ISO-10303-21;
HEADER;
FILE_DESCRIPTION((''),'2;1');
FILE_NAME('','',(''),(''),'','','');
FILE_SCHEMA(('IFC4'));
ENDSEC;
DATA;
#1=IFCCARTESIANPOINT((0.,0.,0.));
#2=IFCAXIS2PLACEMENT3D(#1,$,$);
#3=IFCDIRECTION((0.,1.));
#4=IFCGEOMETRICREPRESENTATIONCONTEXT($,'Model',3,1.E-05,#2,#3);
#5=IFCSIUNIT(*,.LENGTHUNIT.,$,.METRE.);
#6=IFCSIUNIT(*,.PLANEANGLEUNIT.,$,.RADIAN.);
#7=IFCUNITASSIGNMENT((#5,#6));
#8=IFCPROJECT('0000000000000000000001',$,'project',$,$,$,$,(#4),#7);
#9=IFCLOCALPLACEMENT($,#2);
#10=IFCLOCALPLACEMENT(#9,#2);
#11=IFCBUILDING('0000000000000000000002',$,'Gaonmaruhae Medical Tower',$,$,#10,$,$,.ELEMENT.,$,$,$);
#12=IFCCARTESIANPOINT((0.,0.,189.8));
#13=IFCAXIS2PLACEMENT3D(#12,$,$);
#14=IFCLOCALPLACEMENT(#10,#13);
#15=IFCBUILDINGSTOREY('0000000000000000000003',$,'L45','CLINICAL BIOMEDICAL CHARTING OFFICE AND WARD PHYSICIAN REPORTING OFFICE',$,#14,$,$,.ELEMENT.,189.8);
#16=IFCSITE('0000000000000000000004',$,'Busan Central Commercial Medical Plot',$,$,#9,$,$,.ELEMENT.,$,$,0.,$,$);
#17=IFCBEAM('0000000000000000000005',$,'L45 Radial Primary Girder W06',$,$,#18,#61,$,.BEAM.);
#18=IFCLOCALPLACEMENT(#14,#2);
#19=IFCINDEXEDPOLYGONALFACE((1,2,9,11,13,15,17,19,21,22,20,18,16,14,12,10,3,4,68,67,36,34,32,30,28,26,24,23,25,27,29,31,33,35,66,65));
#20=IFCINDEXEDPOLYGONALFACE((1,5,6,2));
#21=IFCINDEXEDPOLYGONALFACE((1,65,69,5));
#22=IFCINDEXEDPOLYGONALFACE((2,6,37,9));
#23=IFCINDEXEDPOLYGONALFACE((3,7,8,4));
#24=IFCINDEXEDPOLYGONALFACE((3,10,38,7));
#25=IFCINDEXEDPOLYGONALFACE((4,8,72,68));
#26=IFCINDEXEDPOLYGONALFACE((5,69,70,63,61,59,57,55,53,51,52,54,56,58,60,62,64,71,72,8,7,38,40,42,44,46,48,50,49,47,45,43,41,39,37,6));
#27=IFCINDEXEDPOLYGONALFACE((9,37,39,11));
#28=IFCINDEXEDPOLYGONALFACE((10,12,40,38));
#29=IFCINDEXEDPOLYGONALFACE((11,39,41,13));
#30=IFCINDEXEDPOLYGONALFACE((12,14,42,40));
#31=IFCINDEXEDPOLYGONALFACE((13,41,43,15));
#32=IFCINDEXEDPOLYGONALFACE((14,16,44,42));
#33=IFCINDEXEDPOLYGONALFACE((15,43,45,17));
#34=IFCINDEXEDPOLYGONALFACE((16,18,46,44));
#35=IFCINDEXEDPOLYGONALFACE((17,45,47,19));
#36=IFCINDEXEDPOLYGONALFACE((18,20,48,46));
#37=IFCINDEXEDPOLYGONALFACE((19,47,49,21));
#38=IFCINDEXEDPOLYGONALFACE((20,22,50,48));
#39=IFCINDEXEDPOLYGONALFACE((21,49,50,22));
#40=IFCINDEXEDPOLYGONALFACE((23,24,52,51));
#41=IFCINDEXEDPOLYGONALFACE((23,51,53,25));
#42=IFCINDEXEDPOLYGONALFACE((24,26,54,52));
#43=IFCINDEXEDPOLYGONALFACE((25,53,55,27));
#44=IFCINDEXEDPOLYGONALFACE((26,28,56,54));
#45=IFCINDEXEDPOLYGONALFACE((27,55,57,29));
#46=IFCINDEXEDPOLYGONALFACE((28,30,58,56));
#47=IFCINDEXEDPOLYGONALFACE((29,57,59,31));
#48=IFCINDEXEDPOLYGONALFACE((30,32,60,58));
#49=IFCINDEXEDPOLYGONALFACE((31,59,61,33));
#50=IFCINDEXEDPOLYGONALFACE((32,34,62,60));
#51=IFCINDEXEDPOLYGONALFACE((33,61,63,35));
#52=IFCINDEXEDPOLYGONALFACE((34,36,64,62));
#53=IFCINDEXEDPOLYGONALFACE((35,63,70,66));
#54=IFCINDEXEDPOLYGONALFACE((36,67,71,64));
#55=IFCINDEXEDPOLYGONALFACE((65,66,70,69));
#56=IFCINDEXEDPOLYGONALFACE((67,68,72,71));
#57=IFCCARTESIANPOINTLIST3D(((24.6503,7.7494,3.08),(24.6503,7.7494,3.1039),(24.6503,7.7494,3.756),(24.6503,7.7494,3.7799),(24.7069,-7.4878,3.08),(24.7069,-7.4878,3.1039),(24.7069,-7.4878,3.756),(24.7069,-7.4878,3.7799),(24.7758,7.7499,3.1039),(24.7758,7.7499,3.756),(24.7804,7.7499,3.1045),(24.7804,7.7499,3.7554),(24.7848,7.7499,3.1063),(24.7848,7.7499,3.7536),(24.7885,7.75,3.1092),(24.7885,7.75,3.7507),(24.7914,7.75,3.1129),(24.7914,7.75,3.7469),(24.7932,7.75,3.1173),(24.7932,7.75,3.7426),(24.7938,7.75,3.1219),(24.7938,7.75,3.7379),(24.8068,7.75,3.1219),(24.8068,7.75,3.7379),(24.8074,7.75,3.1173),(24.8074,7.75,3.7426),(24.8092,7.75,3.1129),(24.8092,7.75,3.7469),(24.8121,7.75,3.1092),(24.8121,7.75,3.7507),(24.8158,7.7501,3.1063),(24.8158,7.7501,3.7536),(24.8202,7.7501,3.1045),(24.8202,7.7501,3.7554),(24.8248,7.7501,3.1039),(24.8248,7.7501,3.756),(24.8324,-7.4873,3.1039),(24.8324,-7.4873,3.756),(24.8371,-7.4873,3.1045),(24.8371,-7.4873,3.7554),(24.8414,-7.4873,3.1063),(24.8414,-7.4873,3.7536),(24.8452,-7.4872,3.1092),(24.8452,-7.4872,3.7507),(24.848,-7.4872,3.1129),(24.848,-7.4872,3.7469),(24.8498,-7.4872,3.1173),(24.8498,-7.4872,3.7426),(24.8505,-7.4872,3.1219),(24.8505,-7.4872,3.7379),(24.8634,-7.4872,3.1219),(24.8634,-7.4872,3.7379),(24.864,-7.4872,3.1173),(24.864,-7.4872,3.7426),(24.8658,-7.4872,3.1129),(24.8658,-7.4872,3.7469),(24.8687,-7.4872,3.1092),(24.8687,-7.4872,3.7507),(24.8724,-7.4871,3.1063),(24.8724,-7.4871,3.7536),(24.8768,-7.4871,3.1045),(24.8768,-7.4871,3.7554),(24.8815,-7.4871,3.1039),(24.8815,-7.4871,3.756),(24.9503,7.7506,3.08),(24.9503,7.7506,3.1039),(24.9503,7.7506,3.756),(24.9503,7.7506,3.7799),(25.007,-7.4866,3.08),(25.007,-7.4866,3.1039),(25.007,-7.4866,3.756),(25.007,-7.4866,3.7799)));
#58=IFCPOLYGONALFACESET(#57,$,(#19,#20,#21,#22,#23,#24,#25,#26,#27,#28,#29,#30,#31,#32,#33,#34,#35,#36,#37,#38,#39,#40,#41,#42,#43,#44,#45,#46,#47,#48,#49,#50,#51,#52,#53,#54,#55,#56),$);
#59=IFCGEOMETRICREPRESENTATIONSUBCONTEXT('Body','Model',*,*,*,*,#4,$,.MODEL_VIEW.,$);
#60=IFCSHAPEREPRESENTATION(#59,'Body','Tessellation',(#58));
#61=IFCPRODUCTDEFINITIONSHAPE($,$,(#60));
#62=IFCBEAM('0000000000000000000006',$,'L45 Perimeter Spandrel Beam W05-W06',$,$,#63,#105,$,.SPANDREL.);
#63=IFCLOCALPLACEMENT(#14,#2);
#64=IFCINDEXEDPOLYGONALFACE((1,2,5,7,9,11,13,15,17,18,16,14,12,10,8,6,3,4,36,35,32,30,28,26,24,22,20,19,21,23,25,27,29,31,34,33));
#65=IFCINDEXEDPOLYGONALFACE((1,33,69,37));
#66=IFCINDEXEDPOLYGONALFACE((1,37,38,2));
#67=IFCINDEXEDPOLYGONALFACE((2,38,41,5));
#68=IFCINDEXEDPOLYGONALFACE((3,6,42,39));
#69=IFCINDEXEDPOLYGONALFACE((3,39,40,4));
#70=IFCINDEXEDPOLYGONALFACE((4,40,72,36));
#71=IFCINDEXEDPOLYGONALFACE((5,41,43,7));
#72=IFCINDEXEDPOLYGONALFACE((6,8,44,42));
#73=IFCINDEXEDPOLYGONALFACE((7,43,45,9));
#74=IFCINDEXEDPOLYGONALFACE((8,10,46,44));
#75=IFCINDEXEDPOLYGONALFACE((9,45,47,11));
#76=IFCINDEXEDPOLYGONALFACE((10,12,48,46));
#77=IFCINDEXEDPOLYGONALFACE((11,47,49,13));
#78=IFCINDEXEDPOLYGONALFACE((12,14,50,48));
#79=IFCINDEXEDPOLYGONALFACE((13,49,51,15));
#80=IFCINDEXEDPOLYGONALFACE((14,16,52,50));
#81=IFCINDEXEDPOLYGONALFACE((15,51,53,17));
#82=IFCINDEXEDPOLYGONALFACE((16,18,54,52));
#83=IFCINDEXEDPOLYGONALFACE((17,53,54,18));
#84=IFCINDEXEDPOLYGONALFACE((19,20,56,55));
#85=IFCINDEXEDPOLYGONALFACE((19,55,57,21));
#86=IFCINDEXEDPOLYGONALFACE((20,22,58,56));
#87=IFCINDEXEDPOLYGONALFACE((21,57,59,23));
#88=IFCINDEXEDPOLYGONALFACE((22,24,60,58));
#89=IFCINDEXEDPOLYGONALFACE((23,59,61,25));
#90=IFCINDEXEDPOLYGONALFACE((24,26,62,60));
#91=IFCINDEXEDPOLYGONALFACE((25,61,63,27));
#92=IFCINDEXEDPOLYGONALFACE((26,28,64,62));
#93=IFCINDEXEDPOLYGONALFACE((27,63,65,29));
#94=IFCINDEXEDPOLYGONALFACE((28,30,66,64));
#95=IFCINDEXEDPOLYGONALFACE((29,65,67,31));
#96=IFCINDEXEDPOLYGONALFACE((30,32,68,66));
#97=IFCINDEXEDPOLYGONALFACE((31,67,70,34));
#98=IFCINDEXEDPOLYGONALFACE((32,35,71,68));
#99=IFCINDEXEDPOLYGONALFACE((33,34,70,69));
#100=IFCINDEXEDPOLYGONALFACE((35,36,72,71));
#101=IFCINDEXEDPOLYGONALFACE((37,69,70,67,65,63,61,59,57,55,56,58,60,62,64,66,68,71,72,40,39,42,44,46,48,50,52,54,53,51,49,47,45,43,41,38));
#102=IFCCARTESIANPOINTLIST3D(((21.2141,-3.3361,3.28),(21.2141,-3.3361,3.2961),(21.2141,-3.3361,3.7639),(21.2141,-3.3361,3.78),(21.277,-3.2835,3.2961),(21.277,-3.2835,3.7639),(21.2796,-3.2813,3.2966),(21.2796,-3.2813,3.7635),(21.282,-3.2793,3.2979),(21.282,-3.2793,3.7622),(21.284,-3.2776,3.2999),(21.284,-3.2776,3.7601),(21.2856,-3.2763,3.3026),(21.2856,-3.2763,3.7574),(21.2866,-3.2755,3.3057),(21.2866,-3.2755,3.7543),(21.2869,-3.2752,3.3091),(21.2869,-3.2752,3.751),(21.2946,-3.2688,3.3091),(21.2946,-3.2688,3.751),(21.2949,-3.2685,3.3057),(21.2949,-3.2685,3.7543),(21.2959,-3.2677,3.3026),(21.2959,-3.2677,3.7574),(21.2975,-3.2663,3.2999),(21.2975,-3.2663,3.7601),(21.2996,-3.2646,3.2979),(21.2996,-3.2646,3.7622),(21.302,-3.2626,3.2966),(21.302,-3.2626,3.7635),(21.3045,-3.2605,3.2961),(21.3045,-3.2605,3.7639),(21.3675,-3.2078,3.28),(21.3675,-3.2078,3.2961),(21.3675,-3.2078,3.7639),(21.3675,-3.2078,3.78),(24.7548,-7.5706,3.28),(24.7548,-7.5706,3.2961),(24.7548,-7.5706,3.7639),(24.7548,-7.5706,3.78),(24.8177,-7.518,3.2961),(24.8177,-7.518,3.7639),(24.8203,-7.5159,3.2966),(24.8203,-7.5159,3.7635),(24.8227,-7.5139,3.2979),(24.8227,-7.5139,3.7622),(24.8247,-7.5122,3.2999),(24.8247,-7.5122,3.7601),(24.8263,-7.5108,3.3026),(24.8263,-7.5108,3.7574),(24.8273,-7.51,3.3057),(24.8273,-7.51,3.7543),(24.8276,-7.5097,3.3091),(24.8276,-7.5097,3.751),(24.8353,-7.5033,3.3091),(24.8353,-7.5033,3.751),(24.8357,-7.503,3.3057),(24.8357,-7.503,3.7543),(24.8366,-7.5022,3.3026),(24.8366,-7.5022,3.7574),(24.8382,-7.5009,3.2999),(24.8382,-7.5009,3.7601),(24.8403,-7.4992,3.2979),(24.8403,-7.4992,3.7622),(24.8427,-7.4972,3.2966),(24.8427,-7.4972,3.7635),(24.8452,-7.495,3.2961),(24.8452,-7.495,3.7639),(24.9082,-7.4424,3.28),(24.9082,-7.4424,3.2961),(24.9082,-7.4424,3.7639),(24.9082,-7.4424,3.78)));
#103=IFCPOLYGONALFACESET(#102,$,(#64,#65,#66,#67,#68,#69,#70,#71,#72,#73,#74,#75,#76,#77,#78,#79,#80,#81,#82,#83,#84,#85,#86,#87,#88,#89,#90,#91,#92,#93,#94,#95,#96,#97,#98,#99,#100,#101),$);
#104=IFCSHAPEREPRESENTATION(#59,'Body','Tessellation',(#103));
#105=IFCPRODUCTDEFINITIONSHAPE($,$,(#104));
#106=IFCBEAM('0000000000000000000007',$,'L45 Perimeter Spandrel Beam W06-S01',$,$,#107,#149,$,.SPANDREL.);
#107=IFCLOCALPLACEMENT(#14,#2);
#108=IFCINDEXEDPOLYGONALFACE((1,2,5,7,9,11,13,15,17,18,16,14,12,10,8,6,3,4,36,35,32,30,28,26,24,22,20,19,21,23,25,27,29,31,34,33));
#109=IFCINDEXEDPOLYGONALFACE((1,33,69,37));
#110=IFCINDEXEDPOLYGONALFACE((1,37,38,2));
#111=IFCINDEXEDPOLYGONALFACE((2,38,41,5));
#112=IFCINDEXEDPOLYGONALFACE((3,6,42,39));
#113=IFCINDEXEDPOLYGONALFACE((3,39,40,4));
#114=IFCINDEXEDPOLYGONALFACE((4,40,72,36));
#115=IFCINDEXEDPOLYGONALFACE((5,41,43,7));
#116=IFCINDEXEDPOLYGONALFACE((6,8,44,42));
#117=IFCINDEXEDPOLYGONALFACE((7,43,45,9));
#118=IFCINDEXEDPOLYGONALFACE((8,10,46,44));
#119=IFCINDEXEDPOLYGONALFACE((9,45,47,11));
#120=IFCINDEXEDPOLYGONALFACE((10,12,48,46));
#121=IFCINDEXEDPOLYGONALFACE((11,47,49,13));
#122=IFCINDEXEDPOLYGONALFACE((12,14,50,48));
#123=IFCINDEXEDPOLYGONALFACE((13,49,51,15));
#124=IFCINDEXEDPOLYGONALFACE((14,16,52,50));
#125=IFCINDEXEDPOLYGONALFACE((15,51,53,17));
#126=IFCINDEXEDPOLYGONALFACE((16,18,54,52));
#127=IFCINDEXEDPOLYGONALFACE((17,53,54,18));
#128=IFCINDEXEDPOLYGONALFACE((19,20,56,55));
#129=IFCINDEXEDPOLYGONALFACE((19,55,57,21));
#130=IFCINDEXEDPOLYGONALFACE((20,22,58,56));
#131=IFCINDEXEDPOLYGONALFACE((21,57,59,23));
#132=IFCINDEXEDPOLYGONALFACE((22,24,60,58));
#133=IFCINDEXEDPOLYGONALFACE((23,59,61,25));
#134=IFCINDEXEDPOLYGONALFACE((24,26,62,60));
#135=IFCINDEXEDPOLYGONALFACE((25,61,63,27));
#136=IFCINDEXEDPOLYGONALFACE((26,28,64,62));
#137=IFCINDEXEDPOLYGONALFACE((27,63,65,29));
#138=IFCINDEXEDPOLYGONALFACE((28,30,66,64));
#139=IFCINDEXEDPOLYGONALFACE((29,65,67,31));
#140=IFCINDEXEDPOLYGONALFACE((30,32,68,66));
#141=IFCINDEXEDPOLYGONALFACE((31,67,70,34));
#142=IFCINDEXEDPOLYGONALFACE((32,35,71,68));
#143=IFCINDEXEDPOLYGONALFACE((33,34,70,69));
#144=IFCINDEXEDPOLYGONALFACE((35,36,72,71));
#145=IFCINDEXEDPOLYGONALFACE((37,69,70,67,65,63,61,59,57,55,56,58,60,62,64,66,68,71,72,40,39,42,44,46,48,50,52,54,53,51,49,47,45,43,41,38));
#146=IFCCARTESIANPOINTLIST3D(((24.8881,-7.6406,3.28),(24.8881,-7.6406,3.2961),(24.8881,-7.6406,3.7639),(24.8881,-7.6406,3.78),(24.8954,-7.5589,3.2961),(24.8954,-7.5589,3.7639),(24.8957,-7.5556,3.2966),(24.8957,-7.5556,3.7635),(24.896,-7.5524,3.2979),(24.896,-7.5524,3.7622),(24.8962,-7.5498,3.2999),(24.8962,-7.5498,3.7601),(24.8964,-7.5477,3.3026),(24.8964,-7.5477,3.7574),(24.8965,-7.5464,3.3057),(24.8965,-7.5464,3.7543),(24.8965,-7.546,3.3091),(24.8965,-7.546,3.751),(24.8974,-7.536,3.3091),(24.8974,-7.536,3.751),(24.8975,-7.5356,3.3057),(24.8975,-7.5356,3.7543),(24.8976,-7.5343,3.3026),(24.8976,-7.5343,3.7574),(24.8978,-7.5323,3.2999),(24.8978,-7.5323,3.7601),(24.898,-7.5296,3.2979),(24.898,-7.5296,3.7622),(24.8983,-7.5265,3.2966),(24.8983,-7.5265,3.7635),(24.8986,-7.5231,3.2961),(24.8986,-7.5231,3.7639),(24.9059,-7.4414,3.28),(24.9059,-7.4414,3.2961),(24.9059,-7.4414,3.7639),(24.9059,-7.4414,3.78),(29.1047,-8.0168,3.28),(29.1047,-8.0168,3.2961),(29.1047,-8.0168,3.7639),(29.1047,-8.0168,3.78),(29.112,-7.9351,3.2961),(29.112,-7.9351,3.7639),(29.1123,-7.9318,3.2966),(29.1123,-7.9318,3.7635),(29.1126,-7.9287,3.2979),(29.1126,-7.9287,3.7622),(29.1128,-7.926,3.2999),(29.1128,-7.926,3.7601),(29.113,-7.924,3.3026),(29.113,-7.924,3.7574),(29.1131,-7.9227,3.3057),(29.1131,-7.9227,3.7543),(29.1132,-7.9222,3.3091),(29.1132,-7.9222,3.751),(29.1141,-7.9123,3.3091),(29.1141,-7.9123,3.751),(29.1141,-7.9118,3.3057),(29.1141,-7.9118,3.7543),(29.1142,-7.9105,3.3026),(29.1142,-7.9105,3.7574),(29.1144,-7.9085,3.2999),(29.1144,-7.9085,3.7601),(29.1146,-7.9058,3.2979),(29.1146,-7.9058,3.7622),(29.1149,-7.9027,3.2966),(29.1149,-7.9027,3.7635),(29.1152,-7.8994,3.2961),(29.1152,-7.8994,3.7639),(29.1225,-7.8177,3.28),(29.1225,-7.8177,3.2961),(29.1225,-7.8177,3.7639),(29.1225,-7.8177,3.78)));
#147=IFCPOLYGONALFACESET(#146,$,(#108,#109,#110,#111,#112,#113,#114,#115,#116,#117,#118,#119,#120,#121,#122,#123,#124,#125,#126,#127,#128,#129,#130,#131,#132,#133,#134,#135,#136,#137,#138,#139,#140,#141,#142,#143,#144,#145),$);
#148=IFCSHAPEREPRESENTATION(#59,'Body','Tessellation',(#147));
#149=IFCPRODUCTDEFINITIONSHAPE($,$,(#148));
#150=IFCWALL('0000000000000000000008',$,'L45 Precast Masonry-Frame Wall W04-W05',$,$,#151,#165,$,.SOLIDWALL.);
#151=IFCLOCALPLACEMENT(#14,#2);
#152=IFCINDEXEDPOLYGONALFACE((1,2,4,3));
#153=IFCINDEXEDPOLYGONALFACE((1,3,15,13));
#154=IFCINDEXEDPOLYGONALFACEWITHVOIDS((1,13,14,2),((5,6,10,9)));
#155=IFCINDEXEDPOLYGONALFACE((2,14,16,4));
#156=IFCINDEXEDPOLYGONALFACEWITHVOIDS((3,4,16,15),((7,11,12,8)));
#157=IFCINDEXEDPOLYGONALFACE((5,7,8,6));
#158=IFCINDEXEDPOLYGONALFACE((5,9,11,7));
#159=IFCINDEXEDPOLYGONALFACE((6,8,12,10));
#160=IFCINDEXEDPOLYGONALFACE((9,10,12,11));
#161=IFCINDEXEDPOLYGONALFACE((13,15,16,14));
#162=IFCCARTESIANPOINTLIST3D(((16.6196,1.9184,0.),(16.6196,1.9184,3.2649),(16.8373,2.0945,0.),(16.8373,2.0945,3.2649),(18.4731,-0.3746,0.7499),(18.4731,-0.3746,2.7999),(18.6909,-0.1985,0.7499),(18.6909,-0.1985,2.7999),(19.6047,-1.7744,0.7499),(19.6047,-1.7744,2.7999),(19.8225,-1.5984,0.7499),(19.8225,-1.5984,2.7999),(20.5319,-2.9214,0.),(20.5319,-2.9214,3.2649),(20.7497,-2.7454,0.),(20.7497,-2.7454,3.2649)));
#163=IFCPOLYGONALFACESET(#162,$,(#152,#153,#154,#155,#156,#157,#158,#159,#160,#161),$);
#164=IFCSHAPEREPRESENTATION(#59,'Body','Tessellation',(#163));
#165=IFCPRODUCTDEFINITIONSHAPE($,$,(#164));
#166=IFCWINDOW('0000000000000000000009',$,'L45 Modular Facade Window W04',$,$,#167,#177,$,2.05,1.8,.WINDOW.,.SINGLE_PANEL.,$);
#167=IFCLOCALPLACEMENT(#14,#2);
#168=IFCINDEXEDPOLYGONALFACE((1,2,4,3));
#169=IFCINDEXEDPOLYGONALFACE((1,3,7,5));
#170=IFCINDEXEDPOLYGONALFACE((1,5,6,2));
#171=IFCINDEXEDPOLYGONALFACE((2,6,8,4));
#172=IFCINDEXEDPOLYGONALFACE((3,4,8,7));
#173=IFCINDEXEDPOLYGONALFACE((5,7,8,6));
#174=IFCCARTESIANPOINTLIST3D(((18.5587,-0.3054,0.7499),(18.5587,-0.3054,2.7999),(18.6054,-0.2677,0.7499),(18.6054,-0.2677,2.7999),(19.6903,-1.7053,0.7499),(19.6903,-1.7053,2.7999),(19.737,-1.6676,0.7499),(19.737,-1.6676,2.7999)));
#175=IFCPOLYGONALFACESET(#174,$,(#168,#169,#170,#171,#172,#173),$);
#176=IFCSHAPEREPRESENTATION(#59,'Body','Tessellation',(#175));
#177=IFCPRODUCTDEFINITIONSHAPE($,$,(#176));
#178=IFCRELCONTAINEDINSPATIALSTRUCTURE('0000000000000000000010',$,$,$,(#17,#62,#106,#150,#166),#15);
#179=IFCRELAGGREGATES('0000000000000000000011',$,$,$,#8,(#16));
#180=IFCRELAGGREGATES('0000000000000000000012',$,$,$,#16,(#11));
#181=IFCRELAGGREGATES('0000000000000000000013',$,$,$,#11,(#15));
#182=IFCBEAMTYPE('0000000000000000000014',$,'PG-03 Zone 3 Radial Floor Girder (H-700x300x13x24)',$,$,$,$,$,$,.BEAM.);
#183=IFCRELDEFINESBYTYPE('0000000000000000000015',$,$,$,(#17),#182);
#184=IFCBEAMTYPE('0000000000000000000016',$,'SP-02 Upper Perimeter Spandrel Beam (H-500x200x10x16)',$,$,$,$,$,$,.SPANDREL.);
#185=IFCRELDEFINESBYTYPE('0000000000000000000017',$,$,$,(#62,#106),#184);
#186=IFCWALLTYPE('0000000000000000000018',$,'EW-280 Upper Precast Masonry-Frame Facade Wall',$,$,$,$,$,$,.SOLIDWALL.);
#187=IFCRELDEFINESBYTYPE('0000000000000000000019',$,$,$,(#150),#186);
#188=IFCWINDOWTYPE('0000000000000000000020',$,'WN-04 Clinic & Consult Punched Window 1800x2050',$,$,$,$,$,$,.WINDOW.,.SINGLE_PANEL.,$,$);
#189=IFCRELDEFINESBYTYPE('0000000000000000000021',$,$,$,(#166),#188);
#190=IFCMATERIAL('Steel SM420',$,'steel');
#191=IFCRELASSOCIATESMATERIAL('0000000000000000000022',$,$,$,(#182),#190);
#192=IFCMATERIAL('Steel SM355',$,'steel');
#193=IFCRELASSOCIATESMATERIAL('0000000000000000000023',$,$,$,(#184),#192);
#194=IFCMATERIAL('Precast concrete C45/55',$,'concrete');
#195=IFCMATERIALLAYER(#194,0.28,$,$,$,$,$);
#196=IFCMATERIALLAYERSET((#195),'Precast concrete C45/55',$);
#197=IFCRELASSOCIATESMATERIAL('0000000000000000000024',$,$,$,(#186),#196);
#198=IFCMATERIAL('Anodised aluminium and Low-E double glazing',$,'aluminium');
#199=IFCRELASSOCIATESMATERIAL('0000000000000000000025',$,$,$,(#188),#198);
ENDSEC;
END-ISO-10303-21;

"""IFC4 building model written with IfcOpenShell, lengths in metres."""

from ifc_helpers import new_model, si_unit, direction, frame, frame_2d, origin, origin_2d, place, context, subcontext, project, spatial, rectangle, i_section, extrude, material, layer, layer_set, material_profile, profile_set, type_object, element, fill, save


model = new_model("IFC4")

# Units and contexts
model_context = context("Model", 3, precision=1e-05, world=origin(), true_north=direction((0.0, 1.0)))
body_context = subcontext(model_context, "Body", "Model", "MODEL_VIEW")
ifc_project = project(units=[si_unit("LENGTHUNIT", "METRE"), si_unit("PLANEANGLEUNIT", "RADIAN")], contexts=[model_context])

# Site, building, storey
site_placement = place(None, origin())
site = spatial("IfcSite", under=ifc_project, at=site_placement, Name="Busan Central Commercial Medical Plot", CompositionType="ELEMENT", RefElevation=0.0)
building_placement = place(site_placement, origin())
building = spatial("IfcBuilding", under=site, at=building_placement, Name="Gaonmaruhae Medical Tower", CompositionType="ELEMENT")
storey_placement = place(building_placement, frame((0.0, 0.0, 189.8)))
storey = spatial("IfcBuildingStorey", under=building, at=storey_placement, Name="L45", Description="CLINICAL BIOMEDICAL CHARTING OFFICE AND WARD PHYSICIAN REPORTING OFFICE", CompositionType="ELEMENT", Elevation=189.8)

# Beams
ifc_material_1 = material(Name="Steel SM355", Category="steel")
ifc_material_2 = material(Name="Steel SM420", Category="steel")
ifc_material_profile_1 = material_profile(ifc_material_2, i_section(OverallWidth=0.3, OverallDepth=0.7, WebThickness=0.0129, FlangeThickness=0.0239, FilletRadius=0.0181, at=origin_2d()), Name="H-700x300x13x24")
ifc_profile_set_1 = profile_set([ifc_material_profile_1], Name="Steel SM420")
beam_type_1 = type_object("IfcBeamType", Name="PG-03 Zone 3 Radial Floor Girder (H-700x300x13x24)", PredefinedType="BEAM", material=ifc_profile_set_1)
beam_1_placement = place(storey_placement, frame((24.8003, 7.75, 3.4299), z_axis=(0.003717, -0.999993, 0.0), x_axis=(0.999993, 0.003717, 0.0)))
element("IfcBeam", 1, at=beam_1_placement, inside=storey, type_object=beam_type_1, Name="L45 Radial Primary Girder W06", PredefinedType="BEAM", context=body_context, shape_type="SweptSolid", body=[
    extrude(i_section(OverallWidth=0.3, OverallDepth=0.7, WebThickness=0.0129, FlangeThickness=0.0239, FilletRadius=0.0181, at=origin_2d()), origin(), (0.0, 0.0, 1.0), 15.2373),
])
ifc_material_profile_2 = material_profile(ifc_material_1, i_section(OverallWidth=0.2, OverallDepth=0.5, WebThickness=0.01, FlangeThickness=0.0161, FilletRadius=0.0129, at=origin_2d()), Name="H-500x200x10x16")
ifc_profile_set_2 = profile_set([ifc_material_profile_2], Name="Steel SM355")
beam_type_2 = type_object("IfcBeamType", Name="SP-02 Upper Perimeter Spandrel Beam (H-500x200x10x16)", PredefinedType="SPANDREL", material=ifc_profile_set_2)
beam_2_placement = place(storey_placement, frame((21.2908, -3.272, 3.53), z_axis=(0.641458, -0.767158, 0.0), x_axis=(0.767158, 0.641458, 0.0)))
element("IfcBeam", 2, at=beam_2_placement, inside=storey, type_object=beam_type_2, Name="L45 Perimeter Spandrel Beam W05-W06", PredefinedType="SPANDREL", context=body_context, shape_type="SweptSolid", body=[
    extrude(i_section(OverallWidth=0.2, OverallDepth=0.5, WebThickness=0.01, FlangeThickness=0.0161, FilletRadius=0.0129, at=origin_2d()), origin(), (0.0, 0.0, 1.0), 5.5198),
])
beam_3_placement = place(storey_placement, frame((24.897, -7.541, 3.53), z_axis=(0.996043, -0.088872, 0.0), x_axis=(0.088872, 0.996043, 0.0)))
element("IfcBeam", 3, at=beam_3_placement, inside=storey, type_object=beam_type_2, Name="L45 Perimeter Spandrel Beam W06-S01", PredefinedType="SPANDREL", context=body_context, shape_type="SweptSolid", body=[
    extrude(i_section(OverallWidth=0.2, OverallDepth=0.5, WebThickness=0.01, FlangeThickness=0.0161, FilletRadius=0.0129, at=origin_2d()), origin(), (0.0, 0.0, 1.0), 4.2334),
])

# Wall, opening, window
ifc_material_3 = material(Name="Precast concrete C45/55", Category="concrete")
ifc_layer_1 = layer(ifc_material_3, 0.28)
ifc_layer_set_1 = layer_set([ifc_layer_1], Name="Precast concrete C45/55")
wall_type_1 = type_object("IfcWallType", Name="EW-280 Upper Precast Masonry-Frame Facade Wall", PredefinedType="SOLIDWALL", material=ifc_layer_set_1)
wall_1_placement = place(storey_placement, frame((20.6409, -2.8335, 0.0), z_axis=(0.0, 0.0, 1.0), x_axis=(-0.628653, 0.777686, 0.0)))
wall_1 = element("IfcWall", 4, at=wall_1_placement, inside=storey, type_object=wall_type_1, Name="L45 Precast Masonry-Frame Wall W04-W05", PredefinedType="SOLIDWALL", context=body_context, shape_type="SweptSolid", body=[
    extrude(rectangle(XDim=6.2234, YDim=0.28, at=frame_2d((3.1118, 0.0))), origin(), (0.0, 0.0, 1.0), 3.2649),
])
opening_1_placement = place(wall_1_placement, frame((1.4751, 0.0, 0.75)))
opening_1 = element("IfcOpeningElement", 5, at=opening_1_placement, cuts=wall_1, PredefinedType="OPENING", context=body_context, shape_type="SweptSolid", body=[
    extrude(rectangle(XDim=1.8, YDim=2.05, at=frame_2d((0.8999, 1.0249))), frame((0.0, 0.1499, 0.0), z_axis=(0.0, -1.0, 0.0), x_axis=(1.0, 0.0, 0.0)), (0.0, 0.0, 1.0), 0.3),
])
ifc_material_4 = material(Name="Anodised aluminium and Low-E double glazing", Category="aluminium")
window_type_1 = type_object("IfcWindowType", Name="WN-04 Clinic & Consult Punched Window 1800x2050", PartitioningType="SINGLE_PANEL", PredefinedType="WINDOW", material=ifc_material_4)
window_1_placement = place(opening_1_placement, origin())
window_1 = element("IfcWindow", 6, at=window_1_placement, inside=storey, type_object=window_type_1, Name="L45 Modular Facade Window W04", OverallHeight=2.05, OverallWidth=1.8, PartitioningType="SINGLE_PANEL", PredefinedType="WINDOW", context=body_context, shape_type="SweptSolid", body=[
    extrude(rectangle(XDim=1.8, YDim=2.05, at=frame_2d((0.8999, 1.0249))), frame((0.0, 0.03, 0.0), z_axis=(0.0, -1.0, 0.0), x_axis=(1.0, 0.0, 0.0)), (0.0, 0.0, 1.0), 0.0601),
])
fill(opening_1, window_1)

save(model, "model.ifc")
